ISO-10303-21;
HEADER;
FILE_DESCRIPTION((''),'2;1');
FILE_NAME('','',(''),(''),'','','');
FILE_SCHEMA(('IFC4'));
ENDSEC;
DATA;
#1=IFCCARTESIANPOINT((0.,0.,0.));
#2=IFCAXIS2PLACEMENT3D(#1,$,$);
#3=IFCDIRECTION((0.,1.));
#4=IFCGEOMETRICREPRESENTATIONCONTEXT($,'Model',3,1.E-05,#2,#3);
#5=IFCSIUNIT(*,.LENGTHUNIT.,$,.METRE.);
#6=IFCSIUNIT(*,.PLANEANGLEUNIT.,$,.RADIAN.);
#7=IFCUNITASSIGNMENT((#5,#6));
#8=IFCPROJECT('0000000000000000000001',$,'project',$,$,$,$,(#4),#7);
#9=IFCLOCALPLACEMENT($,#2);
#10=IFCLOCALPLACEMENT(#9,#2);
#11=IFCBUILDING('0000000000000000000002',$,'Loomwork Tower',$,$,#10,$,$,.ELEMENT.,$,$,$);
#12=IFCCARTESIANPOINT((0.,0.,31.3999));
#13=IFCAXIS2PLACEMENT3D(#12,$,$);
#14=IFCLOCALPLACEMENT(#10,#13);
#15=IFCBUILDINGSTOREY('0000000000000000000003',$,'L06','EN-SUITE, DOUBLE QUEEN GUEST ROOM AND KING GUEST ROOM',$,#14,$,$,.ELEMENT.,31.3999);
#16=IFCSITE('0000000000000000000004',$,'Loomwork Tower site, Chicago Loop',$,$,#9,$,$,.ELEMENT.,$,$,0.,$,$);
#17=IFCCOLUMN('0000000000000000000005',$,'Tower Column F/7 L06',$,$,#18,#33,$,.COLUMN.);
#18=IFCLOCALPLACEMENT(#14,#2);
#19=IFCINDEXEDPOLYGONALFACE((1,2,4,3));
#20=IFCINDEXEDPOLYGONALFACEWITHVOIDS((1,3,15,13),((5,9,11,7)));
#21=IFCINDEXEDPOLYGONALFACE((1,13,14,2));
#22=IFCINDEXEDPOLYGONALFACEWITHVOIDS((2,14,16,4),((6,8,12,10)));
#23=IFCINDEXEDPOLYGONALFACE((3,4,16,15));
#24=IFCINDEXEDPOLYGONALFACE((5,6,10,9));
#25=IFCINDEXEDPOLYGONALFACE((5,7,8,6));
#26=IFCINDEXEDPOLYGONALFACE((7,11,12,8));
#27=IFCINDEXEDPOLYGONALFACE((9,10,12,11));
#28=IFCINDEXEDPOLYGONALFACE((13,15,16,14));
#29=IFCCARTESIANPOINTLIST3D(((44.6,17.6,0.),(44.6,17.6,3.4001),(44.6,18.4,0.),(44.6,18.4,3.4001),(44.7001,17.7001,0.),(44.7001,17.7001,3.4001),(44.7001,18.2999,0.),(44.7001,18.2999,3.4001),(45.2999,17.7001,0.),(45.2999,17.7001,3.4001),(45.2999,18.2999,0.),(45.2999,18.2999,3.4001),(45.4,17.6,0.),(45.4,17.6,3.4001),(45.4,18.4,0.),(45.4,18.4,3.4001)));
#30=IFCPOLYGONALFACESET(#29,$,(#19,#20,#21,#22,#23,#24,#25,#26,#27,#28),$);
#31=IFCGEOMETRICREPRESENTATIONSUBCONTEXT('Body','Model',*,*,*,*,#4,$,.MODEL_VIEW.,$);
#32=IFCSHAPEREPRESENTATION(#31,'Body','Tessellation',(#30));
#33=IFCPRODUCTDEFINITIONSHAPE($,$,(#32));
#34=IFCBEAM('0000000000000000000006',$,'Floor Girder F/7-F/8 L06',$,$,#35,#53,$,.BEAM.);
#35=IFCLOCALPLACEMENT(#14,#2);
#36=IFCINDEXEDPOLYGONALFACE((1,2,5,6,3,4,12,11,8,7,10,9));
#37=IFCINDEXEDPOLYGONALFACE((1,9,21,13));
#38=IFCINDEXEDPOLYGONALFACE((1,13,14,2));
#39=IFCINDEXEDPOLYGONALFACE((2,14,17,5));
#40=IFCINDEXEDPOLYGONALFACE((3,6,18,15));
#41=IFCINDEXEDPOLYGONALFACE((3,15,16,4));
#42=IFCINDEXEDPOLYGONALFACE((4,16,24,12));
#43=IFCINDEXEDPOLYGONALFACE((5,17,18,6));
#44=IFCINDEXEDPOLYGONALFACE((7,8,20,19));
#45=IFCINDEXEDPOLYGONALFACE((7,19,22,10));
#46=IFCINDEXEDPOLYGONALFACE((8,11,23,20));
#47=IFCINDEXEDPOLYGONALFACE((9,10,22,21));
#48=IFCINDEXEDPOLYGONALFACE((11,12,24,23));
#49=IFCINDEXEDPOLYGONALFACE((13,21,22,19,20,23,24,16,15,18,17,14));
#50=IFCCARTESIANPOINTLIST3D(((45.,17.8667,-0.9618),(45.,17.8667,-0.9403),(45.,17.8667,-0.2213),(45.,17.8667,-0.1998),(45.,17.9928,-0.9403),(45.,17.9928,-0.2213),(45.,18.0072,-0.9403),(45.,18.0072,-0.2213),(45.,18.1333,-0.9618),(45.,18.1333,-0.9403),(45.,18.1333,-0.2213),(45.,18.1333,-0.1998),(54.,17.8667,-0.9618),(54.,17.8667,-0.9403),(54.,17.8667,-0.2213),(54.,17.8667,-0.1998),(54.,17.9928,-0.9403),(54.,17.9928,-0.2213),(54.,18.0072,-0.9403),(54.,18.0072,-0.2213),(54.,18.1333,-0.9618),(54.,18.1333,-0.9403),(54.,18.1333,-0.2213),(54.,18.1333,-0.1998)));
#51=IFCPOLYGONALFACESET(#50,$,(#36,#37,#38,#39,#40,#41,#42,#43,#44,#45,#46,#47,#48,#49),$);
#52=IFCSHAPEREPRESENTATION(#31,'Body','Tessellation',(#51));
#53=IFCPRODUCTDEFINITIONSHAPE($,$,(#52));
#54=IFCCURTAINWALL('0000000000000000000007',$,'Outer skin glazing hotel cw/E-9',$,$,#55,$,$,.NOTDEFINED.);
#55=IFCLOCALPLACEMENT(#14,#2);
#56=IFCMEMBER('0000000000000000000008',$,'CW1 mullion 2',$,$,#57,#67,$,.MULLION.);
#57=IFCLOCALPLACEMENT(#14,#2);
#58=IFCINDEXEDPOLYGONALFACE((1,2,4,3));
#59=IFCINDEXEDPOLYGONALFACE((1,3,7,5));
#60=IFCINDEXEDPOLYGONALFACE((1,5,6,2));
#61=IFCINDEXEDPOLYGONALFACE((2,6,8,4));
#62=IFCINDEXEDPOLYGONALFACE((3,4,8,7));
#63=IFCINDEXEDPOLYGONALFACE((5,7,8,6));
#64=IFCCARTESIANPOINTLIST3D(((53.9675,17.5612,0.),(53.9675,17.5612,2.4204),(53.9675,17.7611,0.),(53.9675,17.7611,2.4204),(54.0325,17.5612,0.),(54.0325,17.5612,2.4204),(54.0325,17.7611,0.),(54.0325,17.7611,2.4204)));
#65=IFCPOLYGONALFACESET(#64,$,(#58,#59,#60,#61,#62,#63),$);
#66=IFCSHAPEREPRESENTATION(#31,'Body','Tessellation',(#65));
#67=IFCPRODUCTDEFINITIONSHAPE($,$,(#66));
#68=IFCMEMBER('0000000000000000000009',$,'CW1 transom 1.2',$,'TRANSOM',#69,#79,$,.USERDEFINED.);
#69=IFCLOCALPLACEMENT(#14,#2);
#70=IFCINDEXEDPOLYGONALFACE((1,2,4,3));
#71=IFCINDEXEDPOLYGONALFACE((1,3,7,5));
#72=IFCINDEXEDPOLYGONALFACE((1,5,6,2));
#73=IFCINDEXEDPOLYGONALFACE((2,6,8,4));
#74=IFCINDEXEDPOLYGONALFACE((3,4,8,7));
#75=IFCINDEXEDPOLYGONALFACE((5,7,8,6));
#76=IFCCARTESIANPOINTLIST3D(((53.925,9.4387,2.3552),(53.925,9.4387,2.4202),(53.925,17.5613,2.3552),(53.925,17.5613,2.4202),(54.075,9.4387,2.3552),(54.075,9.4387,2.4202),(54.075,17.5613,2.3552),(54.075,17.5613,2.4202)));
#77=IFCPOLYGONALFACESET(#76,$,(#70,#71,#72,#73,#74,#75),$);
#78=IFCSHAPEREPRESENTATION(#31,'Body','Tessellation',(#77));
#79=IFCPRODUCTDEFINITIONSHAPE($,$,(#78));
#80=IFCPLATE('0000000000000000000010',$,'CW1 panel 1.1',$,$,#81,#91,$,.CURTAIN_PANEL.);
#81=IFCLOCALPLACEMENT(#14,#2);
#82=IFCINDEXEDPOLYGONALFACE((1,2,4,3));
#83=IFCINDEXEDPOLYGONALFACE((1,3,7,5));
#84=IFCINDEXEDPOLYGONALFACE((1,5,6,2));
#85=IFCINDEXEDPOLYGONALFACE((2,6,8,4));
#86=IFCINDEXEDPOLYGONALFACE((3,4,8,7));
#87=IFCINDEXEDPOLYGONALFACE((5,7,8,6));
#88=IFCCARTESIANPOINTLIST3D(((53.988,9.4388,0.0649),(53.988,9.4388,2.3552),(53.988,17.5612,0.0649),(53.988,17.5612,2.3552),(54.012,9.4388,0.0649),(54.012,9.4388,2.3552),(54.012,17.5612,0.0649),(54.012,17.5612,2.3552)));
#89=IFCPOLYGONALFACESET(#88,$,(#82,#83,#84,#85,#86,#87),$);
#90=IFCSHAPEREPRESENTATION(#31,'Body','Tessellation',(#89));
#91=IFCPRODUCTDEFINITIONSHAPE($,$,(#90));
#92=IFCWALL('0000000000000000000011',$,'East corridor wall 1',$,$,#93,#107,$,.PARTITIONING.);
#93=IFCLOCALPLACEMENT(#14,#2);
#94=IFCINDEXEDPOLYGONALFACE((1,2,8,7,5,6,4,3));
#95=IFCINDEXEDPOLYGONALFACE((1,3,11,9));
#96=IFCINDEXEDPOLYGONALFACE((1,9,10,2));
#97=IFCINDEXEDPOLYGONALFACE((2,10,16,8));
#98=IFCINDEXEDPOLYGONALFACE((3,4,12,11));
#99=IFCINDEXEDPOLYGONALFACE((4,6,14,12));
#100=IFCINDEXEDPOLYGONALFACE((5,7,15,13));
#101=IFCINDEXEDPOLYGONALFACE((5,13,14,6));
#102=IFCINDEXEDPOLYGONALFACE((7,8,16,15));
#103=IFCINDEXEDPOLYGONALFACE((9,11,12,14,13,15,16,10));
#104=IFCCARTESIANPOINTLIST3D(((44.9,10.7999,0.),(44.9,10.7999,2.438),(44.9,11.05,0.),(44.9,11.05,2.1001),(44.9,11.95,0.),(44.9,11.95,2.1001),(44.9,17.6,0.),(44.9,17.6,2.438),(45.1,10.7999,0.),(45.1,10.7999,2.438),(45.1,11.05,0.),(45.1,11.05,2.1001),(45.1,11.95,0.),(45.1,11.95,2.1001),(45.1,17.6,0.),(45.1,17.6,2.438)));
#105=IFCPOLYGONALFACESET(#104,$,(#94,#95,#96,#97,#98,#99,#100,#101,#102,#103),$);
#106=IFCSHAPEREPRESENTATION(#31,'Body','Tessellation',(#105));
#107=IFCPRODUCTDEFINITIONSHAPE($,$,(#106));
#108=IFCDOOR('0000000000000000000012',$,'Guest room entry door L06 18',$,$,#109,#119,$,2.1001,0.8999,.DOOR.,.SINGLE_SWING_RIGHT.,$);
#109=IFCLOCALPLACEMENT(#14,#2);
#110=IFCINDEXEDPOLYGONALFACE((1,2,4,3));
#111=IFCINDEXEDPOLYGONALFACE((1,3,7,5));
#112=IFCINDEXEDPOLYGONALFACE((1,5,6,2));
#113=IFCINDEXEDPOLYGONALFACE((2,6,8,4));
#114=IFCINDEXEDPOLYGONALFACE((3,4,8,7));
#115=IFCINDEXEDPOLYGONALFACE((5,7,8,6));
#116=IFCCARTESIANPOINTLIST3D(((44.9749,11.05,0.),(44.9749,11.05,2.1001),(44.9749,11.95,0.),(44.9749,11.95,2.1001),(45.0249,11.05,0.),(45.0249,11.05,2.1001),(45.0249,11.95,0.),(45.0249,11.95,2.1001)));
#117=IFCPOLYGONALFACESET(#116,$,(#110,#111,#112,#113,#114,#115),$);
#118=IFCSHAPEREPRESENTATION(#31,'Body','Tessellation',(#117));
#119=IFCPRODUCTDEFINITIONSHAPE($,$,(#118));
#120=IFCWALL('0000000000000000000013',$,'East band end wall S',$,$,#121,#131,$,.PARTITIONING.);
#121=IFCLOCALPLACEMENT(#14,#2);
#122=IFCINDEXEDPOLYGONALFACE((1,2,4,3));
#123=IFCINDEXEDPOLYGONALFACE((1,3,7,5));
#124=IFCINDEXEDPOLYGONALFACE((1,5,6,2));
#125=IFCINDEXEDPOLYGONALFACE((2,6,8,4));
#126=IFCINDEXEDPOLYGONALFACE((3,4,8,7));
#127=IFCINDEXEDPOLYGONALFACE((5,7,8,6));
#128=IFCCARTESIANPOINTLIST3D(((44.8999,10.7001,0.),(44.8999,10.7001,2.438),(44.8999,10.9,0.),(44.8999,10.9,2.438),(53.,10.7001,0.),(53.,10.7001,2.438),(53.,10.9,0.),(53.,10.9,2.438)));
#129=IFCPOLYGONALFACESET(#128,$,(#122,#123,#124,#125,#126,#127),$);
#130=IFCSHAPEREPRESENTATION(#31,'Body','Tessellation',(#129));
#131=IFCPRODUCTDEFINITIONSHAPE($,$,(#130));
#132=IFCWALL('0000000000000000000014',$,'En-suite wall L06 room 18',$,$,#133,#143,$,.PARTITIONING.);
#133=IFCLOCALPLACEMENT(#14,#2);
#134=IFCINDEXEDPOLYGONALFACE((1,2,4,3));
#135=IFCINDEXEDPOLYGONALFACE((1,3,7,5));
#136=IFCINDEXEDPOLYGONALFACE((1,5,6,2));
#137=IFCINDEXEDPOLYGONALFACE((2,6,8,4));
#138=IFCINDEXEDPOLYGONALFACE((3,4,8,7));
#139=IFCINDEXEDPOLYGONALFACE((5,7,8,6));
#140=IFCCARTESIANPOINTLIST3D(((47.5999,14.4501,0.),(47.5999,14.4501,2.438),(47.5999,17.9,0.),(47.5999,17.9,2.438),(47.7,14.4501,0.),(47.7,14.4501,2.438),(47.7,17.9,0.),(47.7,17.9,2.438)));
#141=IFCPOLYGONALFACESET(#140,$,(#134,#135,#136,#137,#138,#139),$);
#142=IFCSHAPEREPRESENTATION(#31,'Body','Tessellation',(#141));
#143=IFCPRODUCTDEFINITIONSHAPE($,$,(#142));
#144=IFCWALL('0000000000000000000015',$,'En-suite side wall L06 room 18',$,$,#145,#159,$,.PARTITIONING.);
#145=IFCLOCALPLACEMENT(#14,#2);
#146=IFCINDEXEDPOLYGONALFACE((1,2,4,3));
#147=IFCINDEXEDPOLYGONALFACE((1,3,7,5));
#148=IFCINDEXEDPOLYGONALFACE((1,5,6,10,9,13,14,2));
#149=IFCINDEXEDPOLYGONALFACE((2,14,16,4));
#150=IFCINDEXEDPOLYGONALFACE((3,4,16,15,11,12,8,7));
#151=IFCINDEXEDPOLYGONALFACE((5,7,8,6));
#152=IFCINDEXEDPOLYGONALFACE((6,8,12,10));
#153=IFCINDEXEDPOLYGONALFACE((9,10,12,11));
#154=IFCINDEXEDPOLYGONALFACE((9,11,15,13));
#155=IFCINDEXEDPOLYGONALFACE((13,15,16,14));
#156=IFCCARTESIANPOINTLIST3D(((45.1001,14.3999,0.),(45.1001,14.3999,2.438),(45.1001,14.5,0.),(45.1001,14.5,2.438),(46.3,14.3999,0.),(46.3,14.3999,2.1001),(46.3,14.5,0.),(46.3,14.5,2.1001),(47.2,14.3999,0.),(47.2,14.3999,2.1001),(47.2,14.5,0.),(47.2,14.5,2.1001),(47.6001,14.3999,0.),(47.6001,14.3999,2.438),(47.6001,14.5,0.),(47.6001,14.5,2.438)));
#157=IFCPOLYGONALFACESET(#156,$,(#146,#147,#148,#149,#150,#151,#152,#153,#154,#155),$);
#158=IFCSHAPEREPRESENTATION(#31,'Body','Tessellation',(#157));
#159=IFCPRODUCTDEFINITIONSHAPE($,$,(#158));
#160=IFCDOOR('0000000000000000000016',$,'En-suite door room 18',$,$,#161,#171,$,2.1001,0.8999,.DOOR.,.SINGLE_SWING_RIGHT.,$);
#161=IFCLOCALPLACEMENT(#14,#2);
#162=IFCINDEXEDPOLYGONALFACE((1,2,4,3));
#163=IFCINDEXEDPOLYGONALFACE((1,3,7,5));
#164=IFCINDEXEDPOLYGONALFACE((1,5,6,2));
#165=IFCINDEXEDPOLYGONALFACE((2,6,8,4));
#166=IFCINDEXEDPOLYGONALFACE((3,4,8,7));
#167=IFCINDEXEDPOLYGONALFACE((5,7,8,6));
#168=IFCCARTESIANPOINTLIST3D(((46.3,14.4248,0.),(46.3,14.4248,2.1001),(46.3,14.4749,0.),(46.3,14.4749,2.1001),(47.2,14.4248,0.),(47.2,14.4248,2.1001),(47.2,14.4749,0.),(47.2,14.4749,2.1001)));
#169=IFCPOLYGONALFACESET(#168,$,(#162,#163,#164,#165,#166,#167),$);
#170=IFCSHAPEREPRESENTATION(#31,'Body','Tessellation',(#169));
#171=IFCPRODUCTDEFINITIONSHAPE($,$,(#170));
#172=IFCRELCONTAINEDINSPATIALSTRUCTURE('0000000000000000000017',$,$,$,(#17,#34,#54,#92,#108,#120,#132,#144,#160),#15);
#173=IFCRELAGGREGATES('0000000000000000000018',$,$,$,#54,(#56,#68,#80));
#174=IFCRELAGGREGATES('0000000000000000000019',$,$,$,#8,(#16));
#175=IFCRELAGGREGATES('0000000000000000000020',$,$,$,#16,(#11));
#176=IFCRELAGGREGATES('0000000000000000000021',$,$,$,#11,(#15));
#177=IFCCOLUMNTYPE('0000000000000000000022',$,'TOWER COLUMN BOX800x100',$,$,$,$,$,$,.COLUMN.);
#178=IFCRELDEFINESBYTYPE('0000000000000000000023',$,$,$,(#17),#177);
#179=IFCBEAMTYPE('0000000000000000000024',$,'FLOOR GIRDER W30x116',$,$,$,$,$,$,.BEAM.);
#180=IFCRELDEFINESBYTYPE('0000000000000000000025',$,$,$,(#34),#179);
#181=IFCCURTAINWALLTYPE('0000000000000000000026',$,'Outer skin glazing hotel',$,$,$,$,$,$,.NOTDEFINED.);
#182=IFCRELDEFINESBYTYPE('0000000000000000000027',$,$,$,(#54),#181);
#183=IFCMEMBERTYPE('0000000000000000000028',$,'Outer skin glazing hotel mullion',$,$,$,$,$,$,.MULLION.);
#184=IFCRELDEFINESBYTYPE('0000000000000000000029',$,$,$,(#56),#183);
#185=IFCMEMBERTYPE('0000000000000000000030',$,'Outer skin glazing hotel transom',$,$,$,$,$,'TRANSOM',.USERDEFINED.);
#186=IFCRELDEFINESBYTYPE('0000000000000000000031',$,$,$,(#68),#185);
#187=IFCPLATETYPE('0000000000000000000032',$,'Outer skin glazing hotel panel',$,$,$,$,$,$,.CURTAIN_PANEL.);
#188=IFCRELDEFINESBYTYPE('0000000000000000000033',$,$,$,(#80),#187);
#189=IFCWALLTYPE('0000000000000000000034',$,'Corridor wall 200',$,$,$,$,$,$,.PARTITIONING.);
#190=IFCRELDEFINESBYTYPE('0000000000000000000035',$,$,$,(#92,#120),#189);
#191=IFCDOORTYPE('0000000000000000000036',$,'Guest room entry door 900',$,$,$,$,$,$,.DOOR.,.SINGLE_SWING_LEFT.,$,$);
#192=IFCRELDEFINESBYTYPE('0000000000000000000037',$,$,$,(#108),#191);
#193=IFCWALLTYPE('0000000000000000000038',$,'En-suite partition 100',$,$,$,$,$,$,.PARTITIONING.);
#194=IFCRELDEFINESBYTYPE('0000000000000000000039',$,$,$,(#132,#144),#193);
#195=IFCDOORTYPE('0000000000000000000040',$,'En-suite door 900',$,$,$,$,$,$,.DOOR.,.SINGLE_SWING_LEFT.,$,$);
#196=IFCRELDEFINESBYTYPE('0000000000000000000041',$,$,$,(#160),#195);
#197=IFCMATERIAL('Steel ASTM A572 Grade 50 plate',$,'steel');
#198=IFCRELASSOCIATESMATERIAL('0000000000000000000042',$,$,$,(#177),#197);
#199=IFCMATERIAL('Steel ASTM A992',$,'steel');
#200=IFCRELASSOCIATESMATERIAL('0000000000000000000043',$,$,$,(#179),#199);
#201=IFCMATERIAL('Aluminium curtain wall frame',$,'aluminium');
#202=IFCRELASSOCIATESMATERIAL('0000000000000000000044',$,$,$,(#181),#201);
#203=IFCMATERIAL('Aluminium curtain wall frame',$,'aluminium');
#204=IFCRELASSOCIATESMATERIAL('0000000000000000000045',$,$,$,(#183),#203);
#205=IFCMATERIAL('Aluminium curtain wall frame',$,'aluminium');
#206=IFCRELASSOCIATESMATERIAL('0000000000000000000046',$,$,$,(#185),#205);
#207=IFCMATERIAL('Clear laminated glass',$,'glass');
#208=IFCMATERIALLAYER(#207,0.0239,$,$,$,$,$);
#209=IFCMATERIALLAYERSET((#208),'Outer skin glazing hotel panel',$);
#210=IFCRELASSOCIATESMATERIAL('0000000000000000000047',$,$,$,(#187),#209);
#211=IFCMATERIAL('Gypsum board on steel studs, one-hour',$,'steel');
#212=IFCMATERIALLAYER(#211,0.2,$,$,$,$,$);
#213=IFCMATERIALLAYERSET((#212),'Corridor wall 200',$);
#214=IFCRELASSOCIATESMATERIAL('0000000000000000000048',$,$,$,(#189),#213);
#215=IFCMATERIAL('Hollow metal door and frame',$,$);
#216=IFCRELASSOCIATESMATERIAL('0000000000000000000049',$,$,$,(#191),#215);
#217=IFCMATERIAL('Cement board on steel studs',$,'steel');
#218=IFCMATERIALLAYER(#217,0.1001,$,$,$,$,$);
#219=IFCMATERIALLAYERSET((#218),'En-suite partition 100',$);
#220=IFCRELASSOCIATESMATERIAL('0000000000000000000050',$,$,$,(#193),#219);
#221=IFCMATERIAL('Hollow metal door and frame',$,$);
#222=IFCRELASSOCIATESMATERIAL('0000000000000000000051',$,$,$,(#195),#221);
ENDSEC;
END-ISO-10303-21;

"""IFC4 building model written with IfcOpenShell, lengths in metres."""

from ifc_helpers import new_model, si_unit, direction, frame, frame_2d, origin, origin_2d, place, context, subcontext, project, spatial, rectangle, hollow_rectangle, i_section, extrude, material, layer, layer_set, material_profile, profile_set, type_object, element, fill, aggregate, save


model = new_model("IFC4")

# Units and contexts
model_context = context("Model", 3, precision=1e-05, world=origin(), true_north=direction((0.0, 1.0)))
body_context = subcontext(model_context, "Body", "Model", "MODEL_VIEW")
ifc_project = project(units=[si_unit("LENGTHUNIT", "METRE"), si_unit("PLANEANGLEUNIT", "RADIAN")], contexts=[model_context])

# Site, building, storey
site_placement = place(None, origin())
site = spatial("IfcSite", under=ifc_project, at=site_placement, Name="Loomwork Tower site, Chicago Loop", CompositionType="ELEMENT", RefElevation=0.0)
building_placement = place(site_placement, origin())
building = spatial("IfcBuilding", under=site, at=building_placement, Name="Loomwork Tower", CompositionType="ELEMENT")
storey_placement = place(building_placement, frame((0.0, 0.0, 31.3999)))
storey = spatial("IfcBuildingStorey", under=building, at=storey_placement, Name="L06", Description="EN-SUITE, DOUBLE QUEEN GUEST ROOM AND KING GUEST ROOM", CompositionType="ELEMENT", Elevation=31.3999)

# Column
ifc_material_1 = material(Name="Steel ASTM A572 Grade 50 plate", Category="steel")
ifc_material_profile_1 = material_profile(ifc_material_1, hollow_rectangle(XDim=0.8, YDim=0.8, WallThickness=0.1001, at=origin_2d()), Name="BOX800x100")
ifc_profile_set_1 = profile_set([ifc_material_profile_1], Name="Steel ASTM A572 Grade 50 plate")
column_type = type_object("IfcColumnType", Name="TOWER COLUMN BOX800x100", PredefinedType="COLUMN", material=ifc_profile_set_1)
column_placement = place(storey_placement, frame((45.0, 18.0, 0.0), z_axis=(0.0, 0.0, 1.0), x_axis=(0.0, 1.0, 0.0)))
element("IfcColumn", 1, at=column_placement, inside=storey, type_object=column_type, Name="Tower Column F/7 L06", PredefinedType="COLUMN", context=body_context, shape_type="SweptSolid", body=[
    extrude(hollow_rectangle(XDim=0.8, YDim=0.8, WallThickness=0.1001, at=origin_2d()), origin(), (0.0, 0.0, 1.0), 3.4001),
])

# Beam
ifc_material_2 = material(Name="Steel ASTM A992", Category="steel")
ifc_material_profile_2 = material_profile(ifc_material_2, i_section(OverallWidth=0.2666, OverallDepth=0.762, WebThickness=0.0144, FlangeThickness=0.0215, at=origin_2d()), Name="W30x116")
ifc_profile_set_2 = profile_set([ifc_material_profile_2], Name="Steel ASTM A992")
beam_type = type_object("IfcBeamType", Name="FLOOR GIRDER W30x116", PredefinedType="BEAM", material=ifc_profile_set_2)
beam_placement = place(storey_placement, frame((45.0, 18.0, -0.5808), z_axis=(1.0, 0.0, 0.0), x_axis=(0.0, 1.0, 0.0)))
element("IfcBeam", 2, at=beam_placement, inside=storey, type_object=beam_type, Name="Floor Girder F/7-F/8 L06", PredefinedType="BEAM", context=body_context, shape_type="SweptSolid", body=[
    extrude(i_section(OverallWidth=0.2666, OverallDepth=0.762, WebThickness=0.0144, FlangeThickness=0.0215, at=origin_2d()), origin(), (0.0, 0.0, 1.0), 9.0),
])

# Curtain wall, members, plate
ifc_material_3 = material(Name="Aluminium curtain wall frame", Category="aluminium")
curtain_wall_type = type_object("IfcCurtainWallType", Name="Outer skin glazing hotel", PredefinedType="NOTDEFINED", material=ifc_material_3)
curtain_wall_placement = place(storey_placement, origin())
curtain_wall = element("IfcCurtainWall", 3, at=curtain_wall_placement, inside=storey, type_object=curtain_wall_type, Name="Outer skin glazing hotel cw/E-9", PredefinedType="NOTDEFINED")
ifc_material_4 = material(Name="Aluminium curtain wall frame", Category="aluminium")
ifc_material_profile_3 = material_profile(ifc_material_4, rectangle(XDim=0.0649, YDim=0.2, at=origin_2d()), Name="AL 65x200")
ifc_profile_set_3 = profile_set([ifc_material_profile_3], Name="Aluminium curtain wall frame")
member_type_1 = type_object("IfcMemberType", Name="Outer skin glazing hotel mullion", PredefinedType="MULLION", material=ifc_profile_set_3)
member_1_placement = place(storey_placement, frame((54.0, 17.6611, 0.0), z_axis=(0.0, 0.0, 1.0), x_axis=(-1.0, 0.0, 0.0)))
member_1 = element("IfcMember", 4, at=member_1_placement, type_object=member_type_1, Name="CW1 mullion 2", PredefinedType="MULLION", context=body_context, shape_type="SweptSolid", body=[
    extrude(rectangle(XDim=0.0649, YDim=0.2, at=origin_2d()), origin(), (0.0, 0.0, 1.0), 2.4204),
])
ifc_material_5 = material(Name="Aluminium curtain wall frame", Category="aluminium")
ifc_material_profile_4 = material_profile(ifc_material_5, rectangle(XDim=0.1499, YDim=0.0649, at=origin_2d()), Name="AL 65x150")
ifc_profile_set_4 = profile_set([ifc_material_profile_4], Name="Aluminium curtain wall frame")
member_type_2 = type_object("IfcMemberType", Name="Outer skin glazing hotel transom", ElementType="TRANSOM", PredefinedType="USERDEFINED", material=ifc_profile_set_4)
member_2_placement = place(storey_placement, frame((54.0, 9.4387, 2.3877), z_axis=(0.0, 1.0, 0.0), x_axis=(-1.0, 0.0, 0.0)))
member_2 = element("IfcMember", 5, at=member_2_placement, type_object=member_type_2, Name="CW1 transom 1.2", ObjectType="TRANSOM", PredefinedType="USERDEFINED", context=body_context, shape_type="SweptSolid", body=[
    extrude(rectangle(XDim=0.1499, YDim=0.0649, at=origin_2d()), origin(), (0.0, 0.0, 1.0), 8.1226),
])
ifc_material_6 = material(Name="Clear laminated glass", Category="glass")
ifc_layer_1 = layer(ifc_material_6, 0.0239)
ifc_layer_set_1 = layer_set([ifc_layer_1], Name="Outer skin glazing hotel panel")
plate_type = type_object("IfcPlateType", Name="Outer skin glazing hotel panel", PredefinedType="CURTAIN_PANEL", material=ifc_layer_set_1)
plate_placement = place(storey_placement, frame((54.0, 13.5, 0.0649), z_axis=(0.0, 0.0, 1.0), x_axis=(0.0, 1.0, 0.0)))
plate = element("IfcPlate", 6, at=plate_placement, type_object=plate_type, Name="CW1 panel 1.1", PredefinedType="CURTAIN_PANEL", context=body_context, shape_type="SweptSolid", body=[
    extrude(rectangle(XDim=8.1223, YDim=0.0239, at=origin_2d()), origin(), (0.0, 0.0, 1.0), 2.2903),
])
aggregate(curtain_wall, [member_1, member_2, plate])

# Wall, opening, door
ifc_material_7 = material(Name="Gypsum board on steel studs, one-hour", Category="steel")
ifc_layer_2 = layer(ifc_material_7, 0.2)
ifc_layer_set_2 = layer_set([ifc_layer_2], Name="Corridor wall 200")
wall_type_1 = type_object("IfcWallType", Name="Corridor wall 200", PredefinedType="PARTITIONING", material=ifc_layer_set_2)
wall_1_placement = place(storey_placement, frame((45.0, 10.8, 0.0), z_axis=(0.0, 0.0, 1.0), x_axis=(0.0, 1.0, 0.0)))
wall_1 = element("IfcWall", 7, at=wall_1_placement, inside=storey, type_object=wall_type_1, Name="East corridor wall 1", PredefinedType="PARTITIONING", context=body_context, shape_type="SweptSolid", body=[
    extrude(rectangle(XDim=6.8, YDim=0.2, at=frame_2d((3.3999, 0.0))), origin(), (0.0, 0.0, 1.0), 2.438),
])
opening_1_placement = place(wall_1_placement, frame((0.25, 0.0, 0.0)))
opening_1 = element("IfcOpeningElement", 8, at=opening_1_placement, cuts=wall_1, PredefinedType="OPENING", context=body_context, shape_type="SweptSolid", body=[
    extrude(rectangle(XDim=0.8999, YDim=2.1001, at=frame_2d((0.45, 1.05))), frame((0.0, 0.1099, 0.0), z_axis=(0.0, -1.0, 0.0), x_axis=(1.0, 0.0, 0.0)), (0.0, 0.0, 1.0), 0.22),
])
ifc_material_8 = material(Name="Hollow metal door and frame")
door_type_1 = type_object("IfcDoorType", Name="Guest room entry door 900", OperationType="SINGLE_SWING_LEFT", PredefinedType="DOOR", material=ifc_material_8)
door_1_placement = place(opening_1_placement, frame((0.8999, 0.0, 0.0), z_axis=(0.0, 0.0, 1.0), x_axis=(-1.0, 0.0, 0.0)))
door_1 = element("IfcDoor", 9, at=door_1_placement, inside=storey, type_object=door_type_1, Name="Guest room entry door L06 18", OperationType="SINGLE_SWING_RIGHT", OverallHeight=2.1001, OverallWidth=0.8999, PredefinedType="DOOR", context=body_context, shape_type="SweptSolid", body=[
    extrude(rectangle(XDim=0.8999, YDim=2.1001, at=frame_2d((0.45, 1.05))), frame((0.0, 0.0249, 0.0), z_axis=(0.0, -1.0, 0.0), x_axis=(1.0, 0.0, 0.0)), (0.0, 0.0, 1.0), 0.05),
])
fill(opening_1, door_1)

# Walls
wall_2_placement = place(storey_placement, frame((44.8999, 10.8, 0.0), z_axis=(0.0, 0.0, 1.0), x_axis=(1.0, 0.0, 0.0)))
element("IfcWall", 10, at=wall_2_placement, inside=storey, type_object=wall_type_1, Name="East band end wall S", PredefinedType="PARTITIONING", context=body_context, shape_type="SweptSolid", body=[
    extrude(rectangle(XDim=8.1001, YDim=0.2, at=frame_2d((4.05, 0.0))), origin(), (0.0, 0.0, 1.0), 2.438),
])
ifc_material_9 = material(Name="Cement board on steel studs", Category="steel")
ifc_layer_3 = layer(ifc_material_9, 0.1001)
ifc_layer_set_3 = layer_set([ifc_layer_3], Name="En-suite partition 100")
wall_type_2 = type_object("IfcWallType", Name="En-suite partition 100", PredefinedType="PARTITIONING", material=ifc_layer_set_3)
wall_3_placement = place(storey_placement, frame((47.6499, 14.45, 0.0), z_axis=(0.0, 0.0, 1.0), x_axis=(0.0, 1.0, 0.0)))
element("IfcWall", 11, at=wall_3_placement, inside=storey, type_object=wall_type_2, Name="En-suite wall L06 room 18", PredefinedType="PARTITIONING", context=body_context, shape_type="SweptSolid", body=[
    extrude(rectangle(XDim=3.45, YDim=0.1001, at=frame_2d((1.7251, 0.0))), origin(), (0.0, 0.0, 1.0), 2.438),
])

# Wall, opening, door
wall_4_placement = place(storey_placement, frame((45.1001, 14.45, 0.0), z_axis=(0.0, 0.0, 1.0), x_axis=(1.0, 0.0, 0.0)))
wall_4 = element("IfcWall", 12, at=wall_4_placement, inside=storey, type_object=wall_type_2, Name="En-suite side wall L06 room 18", PredefinedType="PARTITIONING", context=body_context, shape_type="SweptSolid", body=[
    extrude(rectangle(XDim=2.5, YDim=0.1001, at=frame_2d((1.25, 0.0))), origin(), (0.0, 0.0, 1.0), 2.438),
])
opening_2_placement = place(wall_4_placement, frame((1.2, 0.0, 0.0)))
opening_2 = element("IfcOpeningElement", 13, at=opening_2_placement, cuts=wall_4, PredefinedType="OPENING", context=body_context, shape_type="SweptSolid", body=[
    extrude(rectangle(XDim=0.8999, YDim=2.1001, at=frame_2d((0.45, 1.05))), frame((0.0, 0.0601, 0.0), z_axis=(0.0, -1.0, 0.0), x_axis=(1.0, 0.0, 0.0)), (0.0, 0.0, 1.0), 0.1201),
])
ifc_material_10 = material(Name="Hollow metal door and frame")
door_type_2 = type_object("IfcDoorType", Name="En-suite door 900", OperationType="SINGLE_SWING_LEFT", PredefinedType="DOOR", material=ifc_material_10)
door_2_placement = place(opening_2_placement, origin())
door_2 = element("IfcDoor", 14, at=door_2_placement, inside=storey, type_object=door_type_2, Name="En-suite door room 18", OperationType="SINGLE_SWING_RIGHT", OverallHeight=2.1001, OverallWidth=0.8999, PredefinedType="DOOR", context=body_context, shape_type="SweptSolid", body=[
    extrude(rectangle(XDim=0.8999, YDim=2.1001, at=frame_2d((0.45, 1.05))), frame((0.0, 0.0249, 0.0), z_axis=(0.0, -1.0, 0.0), x_axis=(1.0, 0.0, 0.0)), (0.0, 0.0, 1.0), 0.05),
])
fill(opening_2, door_2)

save(model, "model.ifc")
